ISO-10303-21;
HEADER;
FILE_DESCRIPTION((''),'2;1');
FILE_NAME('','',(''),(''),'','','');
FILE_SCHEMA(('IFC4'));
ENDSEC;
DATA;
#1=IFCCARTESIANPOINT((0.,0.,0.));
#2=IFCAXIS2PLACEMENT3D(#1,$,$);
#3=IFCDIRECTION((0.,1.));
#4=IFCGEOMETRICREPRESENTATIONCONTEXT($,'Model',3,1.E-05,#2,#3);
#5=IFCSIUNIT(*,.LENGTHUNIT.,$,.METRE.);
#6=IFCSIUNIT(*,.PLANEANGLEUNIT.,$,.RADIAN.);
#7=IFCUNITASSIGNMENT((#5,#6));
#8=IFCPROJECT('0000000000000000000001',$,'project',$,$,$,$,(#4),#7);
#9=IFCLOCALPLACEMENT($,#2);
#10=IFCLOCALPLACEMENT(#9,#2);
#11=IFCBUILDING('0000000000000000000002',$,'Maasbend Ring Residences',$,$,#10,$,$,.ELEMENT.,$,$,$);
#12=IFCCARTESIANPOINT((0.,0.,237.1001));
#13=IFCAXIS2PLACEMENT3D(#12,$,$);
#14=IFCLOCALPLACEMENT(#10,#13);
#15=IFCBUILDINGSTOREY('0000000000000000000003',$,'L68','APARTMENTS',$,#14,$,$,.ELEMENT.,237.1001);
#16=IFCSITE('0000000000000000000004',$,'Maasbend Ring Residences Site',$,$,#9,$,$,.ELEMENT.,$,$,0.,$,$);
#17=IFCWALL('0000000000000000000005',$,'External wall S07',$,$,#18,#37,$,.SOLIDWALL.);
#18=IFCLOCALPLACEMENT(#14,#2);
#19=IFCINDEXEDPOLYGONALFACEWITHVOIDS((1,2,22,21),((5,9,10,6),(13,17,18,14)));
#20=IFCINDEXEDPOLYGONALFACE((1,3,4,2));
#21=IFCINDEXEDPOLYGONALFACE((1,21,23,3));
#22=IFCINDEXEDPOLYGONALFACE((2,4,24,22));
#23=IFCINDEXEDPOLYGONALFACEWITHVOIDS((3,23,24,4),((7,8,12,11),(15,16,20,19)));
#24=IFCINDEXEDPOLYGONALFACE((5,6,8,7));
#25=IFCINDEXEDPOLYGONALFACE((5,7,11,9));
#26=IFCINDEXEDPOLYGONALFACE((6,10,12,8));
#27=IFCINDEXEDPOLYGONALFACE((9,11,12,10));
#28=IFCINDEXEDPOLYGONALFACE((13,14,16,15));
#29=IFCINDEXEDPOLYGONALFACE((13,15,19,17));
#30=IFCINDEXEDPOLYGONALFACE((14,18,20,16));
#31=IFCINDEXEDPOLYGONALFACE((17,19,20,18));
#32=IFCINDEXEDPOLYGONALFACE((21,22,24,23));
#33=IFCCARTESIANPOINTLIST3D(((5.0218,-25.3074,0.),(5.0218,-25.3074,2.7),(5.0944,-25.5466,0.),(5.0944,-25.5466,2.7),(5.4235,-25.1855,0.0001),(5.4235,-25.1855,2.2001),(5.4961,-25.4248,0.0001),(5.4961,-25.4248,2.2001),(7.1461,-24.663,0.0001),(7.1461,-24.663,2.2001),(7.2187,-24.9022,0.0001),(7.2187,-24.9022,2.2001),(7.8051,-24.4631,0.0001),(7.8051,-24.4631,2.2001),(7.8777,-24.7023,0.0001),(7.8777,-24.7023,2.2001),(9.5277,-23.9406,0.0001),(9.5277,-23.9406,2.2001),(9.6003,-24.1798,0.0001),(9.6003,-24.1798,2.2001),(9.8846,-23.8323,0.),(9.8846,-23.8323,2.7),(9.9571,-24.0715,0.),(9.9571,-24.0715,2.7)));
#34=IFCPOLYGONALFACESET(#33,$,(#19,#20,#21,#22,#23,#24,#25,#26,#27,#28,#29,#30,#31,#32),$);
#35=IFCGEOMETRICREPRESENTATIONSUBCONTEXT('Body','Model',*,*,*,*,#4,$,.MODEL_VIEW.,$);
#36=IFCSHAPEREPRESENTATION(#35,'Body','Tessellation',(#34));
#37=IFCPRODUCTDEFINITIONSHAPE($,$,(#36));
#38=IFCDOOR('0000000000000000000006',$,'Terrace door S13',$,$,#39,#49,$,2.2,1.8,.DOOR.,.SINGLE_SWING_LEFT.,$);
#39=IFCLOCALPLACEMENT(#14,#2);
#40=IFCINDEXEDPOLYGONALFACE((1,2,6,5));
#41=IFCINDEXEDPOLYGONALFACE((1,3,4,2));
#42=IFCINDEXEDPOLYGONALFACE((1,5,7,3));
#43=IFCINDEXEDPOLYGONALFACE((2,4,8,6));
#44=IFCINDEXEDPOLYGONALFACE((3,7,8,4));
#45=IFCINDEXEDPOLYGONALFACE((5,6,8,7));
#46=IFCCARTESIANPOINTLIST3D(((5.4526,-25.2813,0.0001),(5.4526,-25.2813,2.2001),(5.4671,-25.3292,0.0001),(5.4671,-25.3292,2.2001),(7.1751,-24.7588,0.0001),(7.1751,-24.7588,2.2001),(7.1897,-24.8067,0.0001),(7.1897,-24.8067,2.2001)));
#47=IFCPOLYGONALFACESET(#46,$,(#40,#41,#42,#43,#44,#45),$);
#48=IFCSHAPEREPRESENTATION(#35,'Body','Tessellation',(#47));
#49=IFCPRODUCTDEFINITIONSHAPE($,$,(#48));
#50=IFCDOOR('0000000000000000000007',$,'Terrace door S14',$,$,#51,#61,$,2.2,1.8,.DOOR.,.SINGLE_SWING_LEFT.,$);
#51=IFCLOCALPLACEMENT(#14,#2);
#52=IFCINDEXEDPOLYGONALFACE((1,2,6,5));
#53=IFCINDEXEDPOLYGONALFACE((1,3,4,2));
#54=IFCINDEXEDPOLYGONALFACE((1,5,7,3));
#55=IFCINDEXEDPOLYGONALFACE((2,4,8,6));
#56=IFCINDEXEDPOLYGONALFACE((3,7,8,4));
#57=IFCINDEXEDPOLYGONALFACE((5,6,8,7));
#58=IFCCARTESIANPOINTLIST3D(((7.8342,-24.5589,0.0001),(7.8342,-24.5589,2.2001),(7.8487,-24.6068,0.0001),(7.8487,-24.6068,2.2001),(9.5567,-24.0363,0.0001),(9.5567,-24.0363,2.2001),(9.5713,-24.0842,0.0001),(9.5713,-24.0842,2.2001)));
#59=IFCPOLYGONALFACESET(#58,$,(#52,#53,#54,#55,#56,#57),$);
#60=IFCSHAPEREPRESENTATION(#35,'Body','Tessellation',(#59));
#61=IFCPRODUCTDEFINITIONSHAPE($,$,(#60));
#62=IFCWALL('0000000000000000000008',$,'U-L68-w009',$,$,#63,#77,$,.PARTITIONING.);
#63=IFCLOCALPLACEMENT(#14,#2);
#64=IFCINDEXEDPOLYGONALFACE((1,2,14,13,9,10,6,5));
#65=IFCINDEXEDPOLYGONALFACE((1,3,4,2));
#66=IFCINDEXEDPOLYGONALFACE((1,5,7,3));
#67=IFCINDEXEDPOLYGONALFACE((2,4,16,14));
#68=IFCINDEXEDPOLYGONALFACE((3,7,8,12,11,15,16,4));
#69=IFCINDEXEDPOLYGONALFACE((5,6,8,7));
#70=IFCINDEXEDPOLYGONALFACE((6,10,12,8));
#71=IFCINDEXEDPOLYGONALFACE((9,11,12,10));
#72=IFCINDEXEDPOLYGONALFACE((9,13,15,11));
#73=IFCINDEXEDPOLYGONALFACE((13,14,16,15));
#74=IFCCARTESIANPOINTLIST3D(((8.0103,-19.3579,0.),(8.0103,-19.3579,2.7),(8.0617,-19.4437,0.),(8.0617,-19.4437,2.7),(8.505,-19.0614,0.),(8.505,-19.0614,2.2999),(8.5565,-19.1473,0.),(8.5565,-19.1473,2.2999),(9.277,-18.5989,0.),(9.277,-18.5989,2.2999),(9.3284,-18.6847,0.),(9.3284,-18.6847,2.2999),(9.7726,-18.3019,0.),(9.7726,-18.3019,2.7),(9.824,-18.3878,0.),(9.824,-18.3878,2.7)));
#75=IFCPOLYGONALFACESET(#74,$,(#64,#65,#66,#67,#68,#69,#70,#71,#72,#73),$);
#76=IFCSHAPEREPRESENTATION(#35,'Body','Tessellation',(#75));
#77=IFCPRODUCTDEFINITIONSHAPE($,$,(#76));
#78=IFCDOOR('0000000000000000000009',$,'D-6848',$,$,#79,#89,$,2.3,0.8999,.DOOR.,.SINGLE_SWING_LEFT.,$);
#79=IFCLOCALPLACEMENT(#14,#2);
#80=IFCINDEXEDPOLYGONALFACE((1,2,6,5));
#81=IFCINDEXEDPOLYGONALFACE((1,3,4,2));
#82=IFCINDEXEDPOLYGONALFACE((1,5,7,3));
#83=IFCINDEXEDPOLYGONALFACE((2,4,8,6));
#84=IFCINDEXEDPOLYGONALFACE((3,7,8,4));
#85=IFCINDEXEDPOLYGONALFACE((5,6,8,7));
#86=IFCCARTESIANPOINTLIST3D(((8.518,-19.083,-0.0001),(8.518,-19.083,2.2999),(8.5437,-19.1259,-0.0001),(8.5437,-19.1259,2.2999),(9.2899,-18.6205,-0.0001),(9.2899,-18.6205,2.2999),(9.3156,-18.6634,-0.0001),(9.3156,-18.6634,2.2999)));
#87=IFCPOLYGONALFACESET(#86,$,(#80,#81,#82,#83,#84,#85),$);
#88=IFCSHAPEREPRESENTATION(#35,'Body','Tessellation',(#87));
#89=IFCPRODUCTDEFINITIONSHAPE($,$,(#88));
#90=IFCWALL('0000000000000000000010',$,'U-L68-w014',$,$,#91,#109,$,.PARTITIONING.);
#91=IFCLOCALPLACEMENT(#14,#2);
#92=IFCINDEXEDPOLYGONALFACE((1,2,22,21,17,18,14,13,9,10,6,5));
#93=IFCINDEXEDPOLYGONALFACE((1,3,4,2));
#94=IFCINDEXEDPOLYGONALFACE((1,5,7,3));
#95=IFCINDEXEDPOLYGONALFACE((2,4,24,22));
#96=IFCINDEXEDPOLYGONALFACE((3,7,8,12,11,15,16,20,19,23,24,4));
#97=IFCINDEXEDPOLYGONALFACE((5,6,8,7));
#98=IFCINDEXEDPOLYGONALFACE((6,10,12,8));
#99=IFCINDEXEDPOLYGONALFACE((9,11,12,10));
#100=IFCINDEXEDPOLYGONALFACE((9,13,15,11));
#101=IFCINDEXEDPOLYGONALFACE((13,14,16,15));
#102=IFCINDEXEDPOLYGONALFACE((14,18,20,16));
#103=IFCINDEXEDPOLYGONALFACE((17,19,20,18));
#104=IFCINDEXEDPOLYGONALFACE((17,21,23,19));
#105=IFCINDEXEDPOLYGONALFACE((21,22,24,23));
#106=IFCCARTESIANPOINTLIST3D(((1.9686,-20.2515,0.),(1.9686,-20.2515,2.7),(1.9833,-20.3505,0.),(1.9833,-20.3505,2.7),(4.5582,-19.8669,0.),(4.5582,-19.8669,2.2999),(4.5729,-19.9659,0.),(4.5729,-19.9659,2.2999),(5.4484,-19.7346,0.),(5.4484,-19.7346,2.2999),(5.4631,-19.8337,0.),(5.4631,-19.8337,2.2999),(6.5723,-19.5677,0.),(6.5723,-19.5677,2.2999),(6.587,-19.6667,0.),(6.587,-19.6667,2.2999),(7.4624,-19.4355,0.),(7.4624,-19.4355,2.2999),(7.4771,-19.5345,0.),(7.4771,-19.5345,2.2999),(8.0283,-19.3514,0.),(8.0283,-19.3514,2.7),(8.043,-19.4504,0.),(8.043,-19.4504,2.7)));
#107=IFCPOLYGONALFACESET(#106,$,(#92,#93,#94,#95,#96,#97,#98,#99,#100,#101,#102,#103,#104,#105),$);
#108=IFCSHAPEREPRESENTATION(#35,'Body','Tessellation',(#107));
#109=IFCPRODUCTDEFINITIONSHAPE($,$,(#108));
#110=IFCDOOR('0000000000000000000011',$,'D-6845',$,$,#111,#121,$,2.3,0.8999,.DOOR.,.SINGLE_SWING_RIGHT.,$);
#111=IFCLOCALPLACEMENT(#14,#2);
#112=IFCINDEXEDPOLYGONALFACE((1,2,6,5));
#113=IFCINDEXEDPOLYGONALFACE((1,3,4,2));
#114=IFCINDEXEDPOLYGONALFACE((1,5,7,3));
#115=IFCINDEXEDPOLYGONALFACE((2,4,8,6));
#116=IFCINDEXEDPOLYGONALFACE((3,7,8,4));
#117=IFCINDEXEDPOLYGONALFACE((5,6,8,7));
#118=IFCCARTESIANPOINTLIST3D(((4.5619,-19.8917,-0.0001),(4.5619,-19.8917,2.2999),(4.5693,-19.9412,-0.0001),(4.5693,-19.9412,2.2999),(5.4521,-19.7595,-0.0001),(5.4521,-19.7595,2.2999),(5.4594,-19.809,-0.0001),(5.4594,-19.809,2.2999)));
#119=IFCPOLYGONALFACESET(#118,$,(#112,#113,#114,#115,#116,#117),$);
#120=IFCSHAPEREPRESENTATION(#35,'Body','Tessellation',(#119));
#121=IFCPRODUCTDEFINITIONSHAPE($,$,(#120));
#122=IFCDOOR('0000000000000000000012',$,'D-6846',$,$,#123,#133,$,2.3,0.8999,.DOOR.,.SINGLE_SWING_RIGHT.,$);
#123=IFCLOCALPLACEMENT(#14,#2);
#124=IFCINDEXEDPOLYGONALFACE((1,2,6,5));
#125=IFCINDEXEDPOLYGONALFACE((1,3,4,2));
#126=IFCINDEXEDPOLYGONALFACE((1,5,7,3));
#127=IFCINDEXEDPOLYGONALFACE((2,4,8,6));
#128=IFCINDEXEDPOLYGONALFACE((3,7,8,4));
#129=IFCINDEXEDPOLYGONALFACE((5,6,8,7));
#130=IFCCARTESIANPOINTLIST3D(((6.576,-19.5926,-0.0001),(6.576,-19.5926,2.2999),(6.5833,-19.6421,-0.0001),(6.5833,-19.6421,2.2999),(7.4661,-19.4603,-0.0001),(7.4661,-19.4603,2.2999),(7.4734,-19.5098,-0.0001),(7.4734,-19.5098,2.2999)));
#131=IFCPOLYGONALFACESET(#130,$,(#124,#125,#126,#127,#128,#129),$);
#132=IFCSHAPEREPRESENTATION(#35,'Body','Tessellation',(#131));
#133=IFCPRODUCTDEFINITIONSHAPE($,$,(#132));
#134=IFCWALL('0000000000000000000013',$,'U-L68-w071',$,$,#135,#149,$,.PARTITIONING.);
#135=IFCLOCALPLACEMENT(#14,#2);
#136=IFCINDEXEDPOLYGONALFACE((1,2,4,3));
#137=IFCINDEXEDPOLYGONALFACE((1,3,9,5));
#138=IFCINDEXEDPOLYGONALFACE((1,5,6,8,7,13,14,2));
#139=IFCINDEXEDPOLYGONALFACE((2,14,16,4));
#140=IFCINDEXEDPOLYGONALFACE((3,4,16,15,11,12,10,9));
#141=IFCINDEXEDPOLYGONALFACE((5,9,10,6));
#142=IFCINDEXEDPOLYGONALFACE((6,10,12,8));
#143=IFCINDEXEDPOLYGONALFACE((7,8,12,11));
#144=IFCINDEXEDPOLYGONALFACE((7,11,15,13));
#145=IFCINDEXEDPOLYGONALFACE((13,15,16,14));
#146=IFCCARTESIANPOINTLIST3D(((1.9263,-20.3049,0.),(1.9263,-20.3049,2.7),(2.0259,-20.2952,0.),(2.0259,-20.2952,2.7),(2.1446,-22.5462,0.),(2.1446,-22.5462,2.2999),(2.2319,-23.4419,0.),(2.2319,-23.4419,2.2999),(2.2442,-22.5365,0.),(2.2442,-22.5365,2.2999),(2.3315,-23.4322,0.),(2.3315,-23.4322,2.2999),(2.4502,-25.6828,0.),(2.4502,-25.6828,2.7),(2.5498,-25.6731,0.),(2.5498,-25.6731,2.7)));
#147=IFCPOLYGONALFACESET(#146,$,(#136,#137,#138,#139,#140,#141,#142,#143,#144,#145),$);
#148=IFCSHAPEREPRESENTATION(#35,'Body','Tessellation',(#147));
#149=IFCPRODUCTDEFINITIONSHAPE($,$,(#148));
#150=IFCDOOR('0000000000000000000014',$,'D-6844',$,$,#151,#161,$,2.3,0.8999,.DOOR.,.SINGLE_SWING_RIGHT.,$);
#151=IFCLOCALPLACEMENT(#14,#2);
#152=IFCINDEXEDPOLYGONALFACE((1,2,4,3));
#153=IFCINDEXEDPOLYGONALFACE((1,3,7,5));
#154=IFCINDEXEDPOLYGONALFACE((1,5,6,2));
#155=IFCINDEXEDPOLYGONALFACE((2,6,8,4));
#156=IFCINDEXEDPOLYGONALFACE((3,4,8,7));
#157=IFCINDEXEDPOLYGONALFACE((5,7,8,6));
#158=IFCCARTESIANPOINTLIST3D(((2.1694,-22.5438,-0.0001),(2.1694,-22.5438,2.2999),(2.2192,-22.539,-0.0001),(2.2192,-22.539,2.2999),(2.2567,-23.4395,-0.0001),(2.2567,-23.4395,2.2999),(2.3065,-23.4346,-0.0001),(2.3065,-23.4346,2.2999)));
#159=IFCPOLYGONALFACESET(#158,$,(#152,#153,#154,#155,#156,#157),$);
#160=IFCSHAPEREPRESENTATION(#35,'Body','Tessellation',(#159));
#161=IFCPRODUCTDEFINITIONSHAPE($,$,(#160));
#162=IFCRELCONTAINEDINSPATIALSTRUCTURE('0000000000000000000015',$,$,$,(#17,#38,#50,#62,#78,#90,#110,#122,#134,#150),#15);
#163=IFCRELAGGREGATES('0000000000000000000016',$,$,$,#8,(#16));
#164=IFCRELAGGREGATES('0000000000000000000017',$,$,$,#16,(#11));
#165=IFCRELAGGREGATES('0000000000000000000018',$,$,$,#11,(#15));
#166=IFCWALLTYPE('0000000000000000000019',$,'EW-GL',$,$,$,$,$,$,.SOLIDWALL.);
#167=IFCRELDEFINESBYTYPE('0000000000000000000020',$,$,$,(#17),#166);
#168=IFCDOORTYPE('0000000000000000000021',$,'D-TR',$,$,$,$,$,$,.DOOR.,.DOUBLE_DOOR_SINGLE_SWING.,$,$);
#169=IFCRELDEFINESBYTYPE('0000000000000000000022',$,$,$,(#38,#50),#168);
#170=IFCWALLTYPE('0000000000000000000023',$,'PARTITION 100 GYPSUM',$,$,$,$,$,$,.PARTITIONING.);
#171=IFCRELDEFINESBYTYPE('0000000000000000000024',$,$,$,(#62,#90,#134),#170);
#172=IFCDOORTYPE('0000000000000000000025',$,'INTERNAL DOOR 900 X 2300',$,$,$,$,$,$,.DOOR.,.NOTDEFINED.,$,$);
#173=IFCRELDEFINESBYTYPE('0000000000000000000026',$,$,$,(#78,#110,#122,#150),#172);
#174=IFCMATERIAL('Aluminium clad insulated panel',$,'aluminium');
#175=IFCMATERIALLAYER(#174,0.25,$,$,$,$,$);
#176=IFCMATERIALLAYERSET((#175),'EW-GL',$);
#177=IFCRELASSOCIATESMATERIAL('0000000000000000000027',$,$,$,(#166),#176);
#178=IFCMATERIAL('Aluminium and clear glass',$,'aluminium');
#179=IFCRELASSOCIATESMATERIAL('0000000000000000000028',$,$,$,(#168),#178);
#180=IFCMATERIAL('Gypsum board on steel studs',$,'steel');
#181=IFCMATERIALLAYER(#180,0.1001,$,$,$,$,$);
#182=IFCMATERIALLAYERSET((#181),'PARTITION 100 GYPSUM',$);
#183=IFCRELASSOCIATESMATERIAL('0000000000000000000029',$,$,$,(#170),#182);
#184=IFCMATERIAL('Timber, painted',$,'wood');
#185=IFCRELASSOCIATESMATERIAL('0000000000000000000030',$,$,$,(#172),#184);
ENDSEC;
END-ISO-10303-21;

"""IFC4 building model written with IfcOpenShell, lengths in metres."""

from ifc_helpers import new_model, si_unit, direction, frame, frame_2d, origin, place, context, subcontext, project, spatial, rectangle, extrude, material, layer, layer_set, type_object, element, fill, save


model = new_model("IFC4")

# Units and contexts
model_context = context("Model", 3, precision=1e-05, world=origin(), true_north=direction((0.0, 1.0)))
body_context = subcontext(model_context, "Body", "Model", "MODEL_VIEW")
ifc_project = project(units=[si_unit("LENGTHUNIT", "METRE"), si_unit("PLANEANGLEUNIT", "RADIAN")], contexts=[model_context])

# Site, building, storey
site_placement = place(None, origin())
site = spatial("IfcSite", under=ifc_project, at=site_placement, Name="Maasbend Ring Residences Site", CompositionType="ELEMENT", RefElevation=0.0)
building_placement = place(site_placement, origin())
building = spatial("IfcBuilding", under=site, at=building_placement, Name="Maasbend Ring Residences", CompositionType="ELEMENT")
storey_placement = place(building_placement, frame((0.0, 0.0, 237.1001)))
storey = spatial("IfcBuildingStorey", under=building, at=storey_placement, Name="L68", Description="APARTMENTS", CompositionType="ELEMENT", Elevation=237.1001)

# Wall, openings, doors
ifc_material_1 = material(Name="Aluminium clad insulated panel", Category="aluminium")
ifc_layer_1 = layer(ifc_material_1, 0.25)
ifc_layer_set_1 = layer_set([ifc_layer_1], Name="EW-GL")
wall_type_1 = type_object("IfcWallType", Name="EW-GL", PredefinedType="SOLIDWALL", material=ifc_layer_set_1)
ifc_material_2 = material(Name="Aluminium and clear glass", Category="aluminium")
door_type_1 = type_object("IfcDoorType", Name="D-TR", OperationType="DOUBLE_DOOR_SINGLE_SWING", PredefinedType="DOOR", material=ifc_material_2)
wall_1_placement = place(storey_placement, frame((5.0581, -25.427, 0.0), z_axis=(0.0, 0.0, 1.0), x_axis=(0.956941, 0.290282, 0.0)))
wall_1 = element("IfcWall", 1, at=wall_1_placement, inside=storey, type_object=wall_type_1, Name="External wall S07", PredefinedType="SOLIDWALL", context=body_context, shape_type="SweptSolid", body=[
    extrude(rectangle(XDim=5.0815, YDim=0.25, at=frame_2d((2.5408, 0.0))), origin(), (0.0, 0.0, 1.0), 2.7),
])
opening_1_placement = place(wall_1_placement, frame((0.4199, 0.0, 0.0)))
opening_1 = element("IfcOpeningElement", 2, at=opening_1_placement, cuts=wall_1, PredefinedType="OPENING", context=body_context, shape_type="SweptSolid", body=[
    extrude(rectangle(XDim=1.8, YDim=2.2, at=frame_2d((0.8999, 1.1001))), frame((0.0, 0.135, 0.0), z_axis=(0.0, -1.0, 0.0), x_axis=(1.0, 0.0, 0.0)), (0.0, 0.0, 1.0), 0.27),
])
opening_2_placement = place(wall_1_placement, frame((2.9087, 0.0, 0.0)))
opening_2 = element("IfcOpeningElement", 3, at=opening_2_placement, cuts=wall_1, PredefinedType="OPENING", context=body_context, shape_type="SweptSolid", body=[
    extrude(rectangle(XDim=1.8, YDim=2.2, at=frame_2d((0.8999, 1.1001))), frame((0.0, 0.135, 0.0), z_axis=(0.0, -1.0, 0.0), x_axis=(1.0, 0.0, 0.0)), (0.0, 0.0, 1.0), 0.27),
])
door_1_placement = place(opening_1_placement, origin())
door_1 = element("IfcDoor", 4, at=door_1_placement, inside=storey, type_object=door_type_1, Name="Terrace door S13", OperationType="SINGLE_SWING_LEFT", OverallHeight=2.2, OverallWidth=1.8, PredefinedType="DOOR", context=body_context, shape_type="SweptSolid", body=[
    extrude(rectangle(XDim=1.8, YDim=2.2, at=frame_2d((0.8999, 1.1001))), frame((0.0, 0.0249, 0.0), z_axis=(0.0, -1.0, 0.0), x_axis=(1.0, 0.0, 0.0)), (0.0, 0.0, 1.0), 0.05),
])
fill(opening_1, door_1)
door_2_placement = place(opening_2_placement, origin())
door_2 = element("IfcDoor", 5, at=door_2_placement, inside=storey, type_object=door_type_1, Name="Terrace door S14", OperationType="SINGLE_SWING_LEFT", OverallHeight=2.2, OverallWidth=1.8, PredefinedType="DOOR", context=body_context, shape_type="SweptSolid", body=[
    extrude(rectangle(XDim=1.8, YDim=2.2, at=frame_2d((0.8999, 1.1001))), frame((0.0, 0.0249, 0.0), z_axis=(0.0, -1.0, 0.0), x_axis=(1.0, 0.0, 0.0)), (0.0, 0.0, 1.0), 0.05),
])
fill(opening_2, door_2)

# Wall, opening, door
ifc_material_3 = material(Name="Gypsum board on steel studs", Category="steel")
ifc_layer_2 = layer(ifc_material_3, 0.1001)
ifc_layer_set_2 = layer_set([ifc_layer_2], Name="PARTITION 100 GYPSUM")
wall_type_2 = type_object("IfcWallType", Name="PARTITION 100 GYPSUM", PredefinedType="PARTITIONING", material=ifc_layer_set_2)
wall_2_placement = place(storey_placement, frame((8.0359, -19.4009, 0.0), z_axis=(0.0, 0.0, 1.0), x_axis=(0.857797, 0.513989, 0.0)))
wall_2 = element("IfcWall", 6, at=wall_2_placement, inside=storey, type_object=wall_type_2, Name="U-L68-w009", PredefinedType="PARTITIONING", context=body_context, shape_type="SweptSolid", body=[
    extrude(rectangle(XDim=2.0544, YDim=0.1001, at=frame_2d((1.0273, 0.0))), origin(), (0.0, 0.0, 1.0), 2.7),
])
opening_3_placement = place(wall_2_placement, frame((0.5769, 0.0, 0.0)))
opening_3 = element("IfcOpeningElement", 7, at=opening_3_placement, cuts=wall_2, PredefinedType="OPENING", context=body_context, shape_type="SweptSolid", body=[
    extrude(rectangle(XDim=0.8999, YDim=2.3, at=frame_2d((0.45, 1.1499))), frame((0.0, 0.0601, 0.0), z_axis=(0.0, -1.0, 0.0), x_axis=(1.0, 0.0, 0.0)), (0.0, 0.0, 1.0), 0.1201),
])
ifc_material_4 = material(Name="Timber, painted", Category="wood")
door_type_2 = type_object("IfcDoorType", Name="INTERNAL DOOR 900 X 2300", OperationType="NOTDEFINED", PredefinedType="DOOR", material=ifc_material_4)
door_3_placement = place(opening_3_placement, origin())
door_3 = element("IfcDoor", 8, at=door_3_placement, inside=storey, type_object=door_type_2, Name="D-6848", OperationType="SINGLE_SWING_LEFT", OverallHeight=2.3, OverallWidth=0.8999, PredefinedType="DOOR", context=body_context, shape_type="SweptSolid", body=[
    extrude(rectangle(XDim=0.8999, YDim=2.3, at=frame_2d((0.45, 1.1499))), frame((0.0, 0.0249, 0.0), z_axis=(0.0, -1.0, 0.0), x_axis=(1.0, 0.0, 0.0)), (0.0, 0.0, 1.0), 0.05),
])
fill(opening_3, door_3)

# Wall, openings, doors
wall_3_placement = place(storey_placement, frame((1.9761, -20.301, 0.0), z_axis=(0.0, 0.0, 1.0), x_axis=(0.989147, 0.146931, 0.0)))
wall_3 = element("IfcWall", 9, at=wall_3_placement, inside=storey, type_object=wall_type_2, Name="U-L68-w014", PredefinedType="PARTITIONING", context=body_context, shape_type="SweptSolid", body=[
    extrude(rectangle(XDim=6.1262, YDim=0.1001, at=frame_2d((3.063, 0.0))), origin(), (0.0, 0.0, 1.0), 2.7),
])
opening_4_placement = place(wall_3_placement, frame((2.6179, 0.0, 0.0)))
opening_4 = element("IfcOpeningElement", 10, at=opening_4_placement, cuts=wall_3, PredefinedType="OPENING", context=body_context, shape_type="SweptSolid", body=[
    extrude(rectangle(XDim=0.8999, YDim=2.3, at=frame_2d((0.45, 1.1499))), frame((0.0, 0.0601, 0.0), z_axis=(0.0, -1.0, 0.0), x_axis=(1.0, 0.0, 0.0)), (0.0, 0.0, 1.0), 0.1201),
])
opening_5_placement = place(wall_3_placement, frame((4.6541, 0.0, 0.0)))
opening_5 = element("IfcOpeningElement", 11, at=opening_5_placement, cuts=wall_3, PredefinedType="OPENING", context=body_context, shape_type="SweptSolid", body=[
    extrude(rectangle(XDim=0.8999, YDim=2.3, at=frame_2d((0.45, 1.1499))), frame((0.0, 0.0601, 0.0), z_axis=(0.0, -1.0, 0.0), x_axis=(1.0, 0.0, 0.0)), (0.0, 0.0, 1.0), 0.1201),
])
door_4_placement = place(opening_4_placement, origin())
door_4 = element("IfcDoor", 12, at=door_4_placement, inside=storey, type_object=door_type_2, Name="D-6845", OperationType="SINGLE_SWING_RIGHT", OverallHeight=2.3, OverallWidth=0.8999, PredefinedType="DOOR", context=body_context, shape_type="SweptSolid", body=[
    extrude(rectangle(XDim=0.8999, YDim=2.3, at=frame_2d((0.45, 1.1499))), frame((0.0, 0.0249, 0.0), z_axis=(0.0, -1.0, 0.0), x_axis=(1.0, 0.0, 0.0)), (0.0, 0.0, 1.0), 0.05),
])
fill(opening_4, door_4)
door_5_placement = place(opening_5_placement, origin())
door_5 = element("IfcDoor", 13, at=door_5_placement, inside=storey, type_object=door_type_2, Name="D-6846", OperationType="SINGLE_SWING_RIGHT", OverallHeight=2.3, OverallWidth=0.8999, PredefinedType="DOOR", context=body_context, shape_type="SweptSolid", body=[
    extrude(rectangle(XDim=0.8999, YDim=2.3, at=frame_2d((0.45, 1.1499))), frame((0.0, 0.0249, 0.0), z_axis=(0.0, -1.0, 0.0), x_axis=(1.0, 0.0, 0.0)), (0.0, 0.0, 1.0), 0.05),
])
fill(opening_5, door_5)

# Wall, opening, door
wall_4_placement = place(storey_placement, frame((1.9761, -20.3, 0.0), z_axis=(0.0, 0.0, 1.0), x_axis=(0.096962, -0.995288, 0.0)))
wall_4 = element("IfcWall", 14, at=wall_4_placement, inside=storey, type_object=wall_type_2, Name="U-L68-w071", PredefinedType="PARTITIONING", context=body_context, shape_type="SweptSolid", body=[
    extrude(rectangle(XDim=5.4033, YDim=0.1001, at=frame_2d((2.7017, 0.0))), origin(), (0.0, 0.0, 1.0), 2.7),
])
opening_6_placement = place(wall_4_placement, frame((2.252, 0.0, 0.0)))
opening_6 = element("IfcOpeningElement", 15, at=opening_6_placement, cuts=wall_4, PredefinedType="OPENING", context=body_context, shape_type="SweptSolid", body=[
    extrude(rectangle(XDim=0.8999, YDim=2.3, at=frame_2d((0.45, 1.1499))), frame((0.0, 0.0601, 0.0), z_axis=(0.0, -1.0, 0.0), x_axis=(1.0, 0.0, 0.0)), (0.0, 0.0, 1.0), 0.1201),
])
door_6_placement = place(opening_6_placement, origin())
door_6 = element("IfcDoor", 16, at=door_6_placement, inside=storey, type_object=door_type_2, Name="D-6844", OperationType="SINGLE_SWING_RIGHT", OverallHeight=2.3, OverallWidth=0.8999, PredefinedType="DOOR", context=body_context, shape_type="SweptSolid", body=[
    extrude(rectangle(XDim=0.8999, YDim=2.3, at=frame_2d((0.45, 1.1499))), frame((0.0, 0.0249, 0.0), z_axis=(0.0, -1.0, 0.0), x_axis=(1.0, 0.0, 0.0)), (0.0, 0.0, 1.0), 0.05),
])
fill(opening_6, door_6)

save(model, "model.ifc")
